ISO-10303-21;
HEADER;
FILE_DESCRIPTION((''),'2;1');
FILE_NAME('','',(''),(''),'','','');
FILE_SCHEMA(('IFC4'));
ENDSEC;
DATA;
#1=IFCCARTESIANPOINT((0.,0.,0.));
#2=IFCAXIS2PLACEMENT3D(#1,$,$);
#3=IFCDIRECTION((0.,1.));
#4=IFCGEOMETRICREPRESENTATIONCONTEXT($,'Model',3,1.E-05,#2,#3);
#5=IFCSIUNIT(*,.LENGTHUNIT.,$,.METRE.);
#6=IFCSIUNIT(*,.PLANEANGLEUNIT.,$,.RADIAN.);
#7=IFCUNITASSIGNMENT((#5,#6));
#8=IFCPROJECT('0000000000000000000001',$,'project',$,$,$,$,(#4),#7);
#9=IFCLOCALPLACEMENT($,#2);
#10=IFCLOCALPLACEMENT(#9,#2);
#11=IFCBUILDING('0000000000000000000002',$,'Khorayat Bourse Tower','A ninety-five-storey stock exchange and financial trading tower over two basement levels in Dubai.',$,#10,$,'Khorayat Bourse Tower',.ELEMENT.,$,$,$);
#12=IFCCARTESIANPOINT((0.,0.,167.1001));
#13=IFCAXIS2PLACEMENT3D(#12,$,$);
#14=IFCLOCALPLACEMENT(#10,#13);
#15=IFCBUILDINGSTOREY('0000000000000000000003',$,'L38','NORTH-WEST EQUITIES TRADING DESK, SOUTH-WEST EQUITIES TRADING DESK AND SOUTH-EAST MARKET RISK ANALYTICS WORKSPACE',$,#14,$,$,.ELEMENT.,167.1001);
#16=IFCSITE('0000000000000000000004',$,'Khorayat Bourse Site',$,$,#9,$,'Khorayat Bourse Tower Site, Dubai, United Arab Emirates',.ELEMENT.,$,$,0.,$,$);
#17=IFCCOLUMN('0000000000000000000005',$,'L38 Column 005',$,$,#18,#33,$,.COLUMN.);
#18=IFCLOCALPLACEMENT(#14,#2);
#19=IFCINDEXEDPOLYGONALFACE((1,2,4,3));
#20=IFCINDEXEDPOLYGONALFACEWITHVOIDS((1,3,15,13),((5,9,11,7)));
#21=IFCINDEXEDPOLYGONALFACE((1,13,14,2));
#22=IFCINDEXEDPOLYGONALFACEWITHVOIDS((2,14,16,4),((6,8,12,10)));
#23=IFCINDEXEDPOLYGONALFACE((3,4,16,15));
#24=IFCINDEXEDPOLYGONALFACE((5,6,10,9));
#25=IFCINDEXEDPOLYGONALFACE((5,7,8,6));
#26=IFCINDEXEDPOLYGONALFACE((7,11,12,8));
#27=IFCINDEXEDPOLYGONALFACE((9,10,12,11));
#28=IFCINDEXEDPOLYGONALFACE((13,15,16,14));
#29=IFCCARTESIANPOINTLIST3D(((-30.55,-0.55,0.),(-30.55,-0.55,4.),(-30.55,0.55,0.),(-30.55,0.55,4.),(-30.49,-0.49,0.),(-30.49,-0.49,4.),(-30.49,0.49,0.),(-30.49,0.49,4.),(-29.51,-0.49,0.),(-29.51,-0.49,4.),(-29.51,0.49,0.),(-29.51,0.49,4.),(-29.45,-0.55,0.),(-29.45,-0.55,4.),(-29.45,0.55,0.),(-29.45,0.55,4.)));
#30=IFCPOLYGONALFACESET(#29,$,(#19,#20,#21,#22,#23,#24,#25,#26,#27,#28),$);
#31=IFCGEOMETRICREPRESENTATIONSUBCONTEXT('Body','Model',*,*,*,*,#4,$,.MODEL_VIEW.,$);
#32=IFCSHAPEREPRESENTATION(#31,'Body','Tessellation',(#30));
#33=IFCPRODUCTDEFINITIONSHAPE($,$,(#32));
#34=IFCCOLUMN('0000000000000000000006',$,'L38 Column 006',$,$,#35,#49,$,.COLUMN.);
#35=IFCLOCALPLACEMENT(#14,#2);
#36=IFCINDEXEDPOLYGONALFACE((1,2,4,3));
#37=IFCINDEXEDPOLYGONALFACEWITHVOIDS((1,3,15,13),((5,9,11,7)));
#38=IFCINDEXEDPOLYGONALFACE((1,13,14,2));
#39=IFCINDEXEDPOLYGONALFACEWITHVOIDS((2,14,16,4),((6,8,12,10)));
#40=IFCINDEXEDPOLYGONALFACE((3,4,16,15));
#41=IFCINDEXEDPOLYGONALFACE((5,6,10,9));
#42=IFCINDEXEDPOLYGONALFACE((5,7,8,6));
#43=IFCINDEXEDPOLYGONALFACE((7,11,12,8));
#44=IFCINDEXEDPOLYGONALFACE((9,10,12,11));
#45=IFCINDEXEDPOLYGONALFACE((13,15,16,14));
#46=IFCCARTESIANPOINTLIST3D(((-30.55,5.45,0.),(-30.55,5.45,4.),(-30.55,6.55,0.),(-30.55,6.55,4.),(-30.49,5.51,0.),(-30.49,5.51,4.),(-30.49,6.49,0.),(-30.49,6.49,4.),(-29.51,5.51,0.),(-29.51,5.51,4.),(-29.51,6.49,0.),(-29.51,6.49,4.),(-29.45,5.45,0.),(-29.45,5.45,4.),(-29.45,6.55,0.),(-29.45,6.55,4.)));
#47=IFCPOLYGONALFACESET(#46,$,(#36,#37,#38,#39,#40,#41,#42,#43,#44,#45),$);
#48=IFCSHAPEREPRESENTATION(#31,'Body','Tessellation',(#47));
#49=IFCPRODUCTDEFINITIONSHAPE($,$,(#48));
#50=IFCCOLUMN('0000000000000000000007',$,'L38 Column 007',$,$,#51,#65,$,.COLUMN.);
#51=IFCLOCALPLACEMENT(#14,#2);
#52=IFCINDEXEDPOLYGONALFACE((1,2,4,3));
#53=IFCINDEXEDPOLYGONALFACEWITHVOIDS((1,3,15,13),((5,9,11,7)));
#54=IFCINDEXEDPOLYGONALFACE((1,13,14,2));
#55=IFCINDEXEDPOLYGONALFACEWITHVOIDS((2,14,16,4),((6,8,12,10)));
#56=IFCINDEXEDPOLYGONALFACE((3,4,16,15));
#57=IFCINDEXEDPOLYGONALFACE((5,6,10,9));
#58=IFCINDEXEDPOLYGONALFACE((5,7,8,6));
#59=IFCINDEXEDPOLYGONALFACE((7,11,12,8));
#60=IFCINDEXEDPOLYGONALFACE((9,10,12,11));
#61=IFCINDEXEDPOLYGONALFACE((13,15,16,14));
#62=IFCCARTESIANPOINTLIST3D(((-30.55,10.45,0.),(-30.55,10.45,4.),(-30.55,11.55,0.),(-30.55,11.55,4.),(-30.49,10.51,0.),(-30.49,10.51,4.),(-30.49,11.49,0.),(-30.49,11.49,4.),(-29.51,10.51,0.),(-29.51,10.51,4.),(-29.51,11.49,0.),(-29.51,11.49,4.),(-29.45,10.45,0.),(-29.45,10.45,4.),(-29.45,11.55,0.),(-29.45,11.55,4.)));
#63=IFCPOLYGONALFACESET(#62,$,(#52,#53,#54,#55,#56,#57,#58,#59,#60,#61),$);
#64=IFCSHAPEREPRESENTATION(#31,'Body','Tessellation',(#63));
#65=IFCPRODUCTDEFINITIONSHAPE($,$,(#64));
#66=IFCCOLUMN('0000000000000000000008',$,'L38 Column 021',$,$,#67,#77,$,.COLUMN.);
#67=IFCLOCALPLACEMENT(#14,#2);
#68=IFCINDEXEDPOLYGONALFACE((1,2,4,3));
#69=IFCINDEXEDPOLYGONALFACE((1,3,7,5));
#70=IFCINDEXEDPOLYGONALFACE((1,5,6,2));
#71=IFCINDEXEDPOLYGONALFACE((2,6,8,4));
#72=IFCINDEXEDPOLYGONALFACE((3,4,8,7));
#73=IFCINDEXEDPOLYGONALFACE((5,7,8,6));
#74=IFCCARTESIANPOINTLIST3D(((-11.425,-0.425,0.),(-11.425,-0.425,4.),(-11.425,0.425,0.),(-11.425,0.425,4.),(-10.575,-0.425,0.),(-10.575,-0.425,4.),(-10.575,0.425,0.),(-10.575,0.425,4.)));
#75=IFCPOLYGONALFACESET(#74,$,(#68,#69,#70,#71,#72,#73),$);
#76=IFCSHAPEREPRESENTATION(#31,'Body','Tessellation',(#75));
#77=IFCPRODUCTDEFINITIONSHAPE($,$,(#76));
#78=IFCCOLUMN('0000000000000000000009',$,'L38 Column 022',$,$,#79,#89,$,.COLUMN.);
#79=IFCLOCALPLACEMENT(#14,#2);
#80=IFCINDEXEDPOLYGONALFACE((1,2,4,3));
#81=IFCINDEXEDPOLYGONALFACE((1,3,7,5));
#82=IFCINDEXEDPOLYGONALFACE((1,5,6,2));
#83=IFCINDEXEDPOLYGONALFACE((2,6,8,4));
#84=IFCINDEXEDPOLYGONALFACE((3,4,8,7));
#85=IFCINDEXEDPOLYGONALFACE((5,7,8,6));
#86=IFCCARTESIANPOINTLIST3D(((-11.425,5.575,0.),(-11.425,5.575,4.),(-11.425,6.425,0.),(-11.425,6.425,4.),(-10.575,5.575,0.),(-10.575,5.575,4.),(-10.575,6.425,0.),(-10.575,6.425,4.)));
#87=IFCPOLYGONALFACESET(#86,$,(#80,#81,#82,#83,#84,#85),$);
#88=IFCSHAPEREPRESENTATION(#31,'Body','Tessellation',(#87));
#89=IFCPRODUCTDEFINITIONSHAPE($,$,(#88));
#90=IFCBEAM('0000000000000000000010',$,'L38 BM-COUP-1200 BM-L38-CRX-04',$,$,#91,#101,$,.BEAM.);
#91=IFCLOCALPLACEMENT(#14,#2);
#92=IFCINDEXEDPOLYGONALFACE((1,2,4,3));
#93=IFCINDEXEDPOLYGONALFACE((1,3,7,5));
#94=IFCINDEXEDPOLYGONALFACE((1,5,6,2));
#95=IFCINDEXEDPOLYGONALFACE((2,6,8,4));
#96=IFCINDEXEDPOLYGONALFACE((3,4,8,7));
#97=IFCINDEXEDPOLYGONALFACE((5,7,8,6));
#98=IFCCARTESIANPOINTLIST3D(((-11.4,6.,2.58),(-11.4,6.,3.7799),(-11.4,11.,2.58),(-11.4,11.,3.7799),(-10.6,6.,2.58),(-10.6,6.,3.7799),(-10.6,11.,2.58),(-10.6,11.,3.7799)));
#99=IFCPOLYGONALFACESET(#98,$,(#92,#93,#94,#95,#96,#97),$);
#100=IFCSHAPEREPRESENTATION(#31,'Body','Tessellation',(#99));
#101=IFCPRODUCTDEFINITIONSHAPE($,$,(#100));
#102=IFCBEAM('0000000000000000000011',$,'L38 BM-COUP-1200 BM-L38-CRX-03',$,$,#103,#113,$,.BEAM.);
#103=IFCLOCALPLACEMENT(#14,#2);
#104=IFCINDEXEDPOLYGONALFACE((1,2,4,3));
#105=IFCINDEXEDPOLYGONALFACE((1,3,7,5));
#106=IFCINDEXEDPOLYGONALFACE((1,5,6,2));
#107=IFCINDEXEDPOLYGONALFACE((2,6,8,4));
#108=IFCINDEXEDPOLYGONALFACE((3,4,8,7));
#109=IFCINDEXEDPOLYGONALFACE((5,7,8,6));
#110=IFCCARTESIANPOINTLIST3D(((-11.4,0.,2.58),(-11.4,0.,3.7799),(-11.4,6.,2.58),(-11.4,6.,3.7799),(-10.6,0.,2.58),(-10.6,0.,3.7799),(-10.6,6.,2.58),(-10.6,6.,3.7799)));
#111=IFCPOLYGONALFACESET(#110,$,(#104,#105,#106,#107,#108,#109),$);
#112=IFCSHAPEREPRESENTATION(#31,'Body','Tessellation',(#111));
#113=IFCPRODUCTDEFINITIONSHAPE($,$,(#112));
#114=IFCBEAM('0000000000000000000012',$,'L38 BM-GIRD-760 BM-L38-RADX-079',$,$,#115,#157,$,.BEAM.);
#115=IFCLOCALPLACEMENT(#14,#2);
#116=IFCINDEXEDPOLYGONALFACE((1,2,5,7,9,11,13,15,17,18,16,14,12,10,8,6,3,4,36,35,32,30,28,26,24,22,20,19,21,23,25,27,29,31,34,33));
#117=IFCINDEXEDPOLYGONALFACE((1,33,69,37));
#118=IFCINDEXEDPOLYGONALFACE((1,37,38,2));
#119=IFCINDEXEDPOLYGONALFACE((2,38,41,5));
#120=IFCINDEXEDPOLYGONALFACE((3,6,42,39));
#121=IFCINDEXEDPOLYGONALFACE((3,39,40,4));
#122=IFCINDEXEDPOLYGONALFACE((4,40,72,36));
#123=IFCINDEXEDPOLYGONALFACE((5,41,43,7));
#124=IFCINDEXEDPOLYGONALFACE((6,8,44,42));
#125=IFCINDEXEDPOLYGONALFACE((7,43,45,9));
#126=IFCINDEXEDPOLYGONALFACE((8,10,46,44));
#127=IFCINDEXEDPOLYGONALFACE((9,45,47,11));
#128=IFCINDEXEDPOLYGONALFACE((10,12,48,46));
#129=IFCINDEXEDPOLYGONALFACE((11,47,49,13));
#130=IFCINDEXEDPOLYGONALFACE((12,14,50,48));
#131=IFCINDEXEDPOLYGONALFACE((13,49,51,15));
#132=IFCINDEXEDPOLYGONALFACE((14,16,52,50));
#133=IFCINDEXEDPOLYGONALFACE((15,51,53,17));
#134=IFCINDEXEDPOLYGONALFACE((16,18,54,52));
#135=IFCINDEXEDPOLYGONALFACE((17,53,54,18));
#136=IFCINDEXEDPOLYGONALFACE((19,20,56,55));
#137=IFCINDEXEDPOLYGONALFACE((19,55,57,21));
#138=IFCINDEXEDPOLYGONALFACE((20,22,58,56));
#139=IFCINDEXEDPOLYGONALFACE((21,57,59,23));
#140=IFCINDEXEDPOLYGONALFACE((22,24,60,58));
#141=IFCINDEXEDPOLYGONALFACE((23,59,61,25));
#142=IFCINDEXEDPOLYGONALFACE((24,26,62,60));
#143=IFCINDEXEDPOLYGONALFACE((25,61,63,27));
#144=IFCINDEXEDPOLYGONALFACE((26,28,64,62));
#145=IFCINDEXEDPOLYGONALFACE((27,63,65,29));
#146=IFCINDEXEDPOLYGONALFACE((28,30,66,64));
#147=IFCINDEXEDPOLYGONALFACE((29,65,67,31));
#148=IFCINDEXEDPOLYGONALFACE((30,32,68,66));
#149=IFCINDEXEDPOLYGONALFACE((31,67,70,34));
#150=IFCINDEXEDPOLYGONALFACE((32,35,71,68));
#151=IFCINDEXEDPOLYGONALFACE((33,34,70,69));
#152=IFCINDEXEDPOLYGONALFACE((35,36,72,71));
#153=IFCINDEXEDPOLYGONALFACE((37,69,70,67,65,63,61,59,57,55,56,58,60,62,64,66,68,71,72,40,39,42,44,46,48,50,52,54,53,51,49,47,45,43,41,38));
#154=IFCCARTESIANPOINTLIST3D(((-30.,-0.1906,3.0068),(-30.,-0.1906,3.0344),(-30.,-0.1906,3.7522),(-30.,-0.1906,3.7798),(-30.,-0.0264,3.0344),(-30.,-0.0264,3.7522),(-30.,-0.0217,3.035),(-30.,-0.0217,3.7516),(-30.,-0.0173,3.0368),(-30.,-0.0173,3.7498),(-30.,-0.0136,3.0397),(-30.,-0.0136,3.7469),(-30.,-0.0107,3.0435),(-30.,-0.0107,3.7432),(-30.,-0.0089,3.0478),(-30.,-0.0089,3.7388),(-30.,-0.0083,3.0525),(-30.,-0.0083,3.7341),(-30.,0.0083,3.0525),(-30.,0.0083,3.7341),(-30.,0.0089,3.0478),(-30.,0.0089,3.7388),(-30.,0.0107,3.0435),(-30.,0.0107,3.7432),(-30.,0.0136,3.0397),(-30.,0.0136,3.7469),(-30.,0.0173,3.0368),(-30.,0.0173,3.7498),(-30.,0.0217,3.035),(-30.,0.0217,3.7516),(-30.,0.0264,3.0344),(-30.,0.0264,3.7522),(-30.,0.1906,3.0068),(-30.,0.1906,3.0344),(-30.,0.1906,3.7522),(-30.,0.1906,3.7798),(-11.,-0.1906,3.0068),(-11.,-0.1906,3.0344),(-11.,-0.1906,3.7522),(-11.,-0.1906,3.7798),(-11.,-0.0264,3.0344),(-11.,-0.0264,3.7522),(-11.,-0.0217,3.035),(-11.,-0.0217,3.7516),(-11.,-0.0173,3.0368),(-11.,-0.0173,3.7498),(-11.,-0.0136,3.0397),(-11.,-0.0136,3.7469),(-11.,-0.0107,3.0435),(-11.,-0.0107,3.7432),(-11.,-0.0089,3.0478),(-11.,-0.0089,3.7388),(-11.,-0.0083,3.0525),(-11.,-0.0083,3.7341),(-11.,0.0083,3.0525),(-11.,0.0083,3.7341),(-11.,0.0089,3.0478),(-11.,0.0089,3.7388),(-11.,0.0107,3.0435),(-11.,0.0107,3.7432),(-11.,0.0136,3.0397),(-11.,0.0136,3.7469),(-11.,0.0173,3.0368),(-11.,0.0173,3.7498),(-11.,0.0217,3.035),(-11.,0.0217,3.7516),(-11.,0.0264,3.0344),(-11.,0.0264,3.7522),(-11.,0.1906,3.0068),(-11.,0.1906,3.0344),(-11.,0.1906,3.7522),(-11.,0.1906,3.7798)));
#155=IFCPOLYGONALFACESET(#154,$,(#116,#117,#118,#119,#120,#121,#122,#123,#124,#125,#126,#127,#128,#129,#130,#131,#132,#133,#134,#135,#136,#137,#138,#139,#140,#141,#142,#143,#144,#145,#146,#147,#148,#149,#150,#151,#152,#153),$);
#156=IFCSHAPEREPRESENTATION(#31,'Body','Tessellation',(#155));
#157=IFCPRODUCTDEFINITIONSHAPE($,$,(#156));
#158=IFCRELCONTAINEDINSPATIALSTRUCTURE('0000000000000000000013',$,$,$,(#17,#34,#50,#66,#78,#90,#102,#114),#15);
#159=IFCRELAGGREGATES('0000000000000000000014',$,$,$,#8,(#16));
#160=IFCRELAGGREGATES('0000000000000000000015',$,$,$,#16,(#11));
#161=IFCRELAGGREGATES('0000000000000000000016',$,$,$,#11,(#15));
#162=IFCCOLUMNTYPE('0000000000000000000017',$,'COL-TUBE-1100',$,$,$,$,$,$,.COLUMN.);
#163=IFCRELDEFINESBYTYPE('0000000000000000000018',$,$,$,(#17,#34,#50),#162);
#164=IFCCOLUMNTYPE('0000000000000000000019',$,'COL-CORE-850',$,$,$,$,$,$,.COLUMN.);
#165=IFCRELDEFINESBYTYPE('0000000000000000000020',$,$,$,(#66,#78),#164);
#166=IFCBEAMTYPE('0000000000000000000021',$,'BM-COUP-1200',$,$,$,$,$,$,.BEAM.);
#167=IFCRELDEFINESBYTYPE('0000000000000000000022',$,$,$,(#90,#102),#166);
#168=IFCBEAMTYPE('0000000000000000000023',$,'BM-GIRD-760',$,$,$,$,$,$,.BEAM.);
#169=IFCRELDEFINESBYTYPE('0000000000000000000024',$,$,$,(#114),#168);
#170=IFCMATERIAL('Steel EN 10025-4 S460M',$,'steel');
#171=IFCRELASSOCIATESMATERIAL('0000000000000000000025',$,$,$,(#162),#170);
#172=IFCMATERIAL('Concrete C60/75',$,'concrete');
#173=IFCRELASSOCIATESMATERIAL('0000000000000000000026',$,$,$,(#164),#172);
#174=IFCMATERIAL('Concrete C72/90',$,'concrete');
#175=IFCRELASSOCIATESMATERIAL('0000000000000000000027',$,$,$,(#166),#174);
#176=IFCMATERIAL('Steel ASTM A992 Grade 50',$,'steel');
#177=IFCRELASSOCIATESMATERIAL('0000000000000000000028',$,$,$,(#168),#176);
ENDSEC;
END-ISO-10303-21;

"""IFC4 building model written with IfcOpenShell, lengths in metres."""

from ifc_helpers import new_model, si_unit, direction, frame, origin, origin_2d, place, context, subcontext, project, spatial, rectangle, hollow_rectangle, i_section, extrude, source, transform, mapped, material, material_profile, profile_set, type_object, element, save


model = new_model("IFC4")

# Units and contexts
model_context = context("Model", 3, precision=1e-05, world=origin(), true_north=direction((0.0, 1.0)))
body_context = subcontext(model_context, "Body", "Model", "MODEL_VIEW")
ifc_project = project(units=[si_unit("LENGTHUNIT", "METRE"), si_unit("PLANEANGLEUNIT", "RADIAN")], contexts=[model_context])

# Site, building, storey
site_placement = place(None, origin())
site = spatial("IfcSite", under=ifc_project, at=site_placement, Name="Khorayat Bourse Site", LongName="Khorayat Bourse Tower Site, Dubai, United Arab Emirates", CompositionType="ELEMENT", RefElevation=0.0)
building_placement = place(site_placement, origin())
building = spatial("IfcBuilding", under=site, at=building_placement, Name="Khorayat Bourse Tower", Description="A ninety-five-storey stock exchange and financial trading tower over two basement levels in Dubai.", LongName="Khorayat Bourse Tower", CompositionType="ELEMENT")
storey_placement = place(building_placement, frame((0.0, 0.0, 167.1001)))
storey = spatial("IfcBuildingStorey", under=building, at=storey_placement, Name="L38", Description="NORTH-WEST EQUITIES TRADING DESK, SOUTH-WEST EQUITIES TRADING DESK AND SOUTH-EAST MARKET RISK ANALYTICS WORKSPACE", CompositionType="ELEMENT", Elevation=167.1001)

# Columns
ifc_material_1 = material(Name="Steel EN 10025-4 S460M", Category="steel")
ifc_material_profile_1 = material_profile(ifc_material_1, hollow_rectangle(XDim=1.1001, YDim=1.1001, WallThickness=0.0601, at=origin_2d()), Name="BOX 1100x1100x60")
ifc_profile_set_1 = profile_set([ifc_material_profile_1], Name="Steel EN 10025-4 S460M")
column_type_1 = type_object("IfcColumnType", Name="COL-TUBE-1100", PredefinedType="COLUMN", material=ifc_profile_set_1)
shared_shape_1 = source(origin(), body_context, "Body", "SweptSolid", [
    extrude(hollow_rectangle(XDim=1.1001, YDim=1.1001, WallThickness=0.0601, at=origin_2d()), origin(), (0.0, 0.0, 1.0), 4.0),
])
for number, where, z_axis, x_axis, name in (
    (1, (-30.0, 0.0, 0.0), (0.0, 0.0, 1.0), (1.0, 0.0, 0.0), "L38 Column 005"),
    (2, (-30.0, 6.0, 0.0), (0.0, 0.0, 1.0), (1.0, 0.0, 0.0), "L38 Column 006"),
    (3, (-30.0, 11.0, 0.0), (0.0, 0.0, 1.0), (1.0, 0.0, 0.0), "L38 Column 007"),
):
    element("IfcColumn", number, at=place(storey_placement, frame(where, z_axis=z_axis, x_axis=x_axis)), inside=storey, type_object=column_type_1, Name=name, PredefinedType="COLUMN", context=body_context, shape_type="MappedRepresentation", body=[
        mapped(shared_shape_1, transform((0.0, 0.0, 0.0), scale=1.0)),
    ])
ifc_material_2 = material(Name="Concrete C60/75", Category="concrete")
ifc_material_profile_2 = material_profile(ifc_material_2, rectangle(XDim=0.8501, YDim=0.8501, at=origin_2d()), Name="RC 850x850")
ifc_profile_set_2 = profile_set([ifc_material_profile_2], Name="Concrete C60/75")
column_type_2 = type_object("IfcColumnType", Name="COL-CORE-850", PredefinedType="COLUMN", material=ifc_profile_set_2)
shared_shape_2 = source(origin(), body_context, "Body", "SweptSolid", [
    extrude(rectangle(XDim=0.8501, YDim=0.8501, at=origin_2d()), origin(), (0.0, 0.0, 1.0), 4.0),
])
for number, where, z_axis, x_axis, name in (
    (4, (-11.0, 0.0, 0.0), (0.0, 0.0, 1.0), (1.0, 0.0, 0.0), "L38 Column 021"),
    (5, (-11.0, 6.0, 0.0), (0.0, 0.0, 1.0), (1.0, 0.0, 0.0), "L38 Column 022"),
):
    element("IfcColumn", number, at=place(storey_placement, frame(where, z_axis=z_axis, x_axis=x_axis)), inside=storey, type_object=column_type_2, Name=name, PredefinedType="COLUMN", context=body_context, shape_type="MappedRepresentation", body=[
        mapped(shared_shape_2, transform((0.0, 0.0, 0.0), scale=1.0)),
    ])

# Beams
ifc_material_3 = material(Name="Concrete C72/90", Category="concrete")
ifc_material_profile_3 = material_profile(ifc_material_3, rectangle(XDim=0.8, YDim=1.2, at=origin_2d()), Name="RC 800x1200")
ifc_profile_set_3 = profile_set([ifc_material_profile_3], Name="Concrete C72/90")
beam_type_1 = type_object("IfcBeamType", Name="BM-COUP-1200", PredefinedType="BEAM", material=ifc_profile_set_3)
shared_shape_3 = source(origin(), body_context, "Body", "SweptSolid", [
    extrude(rectangle(XDim=0.8, YDim=1.2, at=origin_2d()), origin(), (0.0, 0.0, 1.0), 5.0),
])
beam_1_placement = place(storey_placement, frame((-11.0, 6.0, 3.1799), z_axis=(0.0, 1.0, 0.0), x_axis=(-1.0, 0.0, 0.0)))
element("IfcBeam", 6, at=beam_1_placement, inside=storey, type_object=beam_type_1, Name="L38 BM-COUP-1200 BM-L38-CRX-04", PredefinedType="BEAM", context=body_context, shape_type="MappedRepresentation", body=[
    mapped(shared_shape_3, transform((0.0, 0.0, 0.0), scale=1.0)),
])
shared_shape_4 = source(origin(), body_context, "Body", "SweptSolid", [
    extrude(rectangle(XDim=0.8, YDim=1.2, at=origin_2d()), origin(), (0.0, 0.0, 1.0), 6.0),
])
beam_2_placement = place(storey_placement, frame((-11.0, 0.0, 3.1799), z_axis=(0.0, 1.0, 0.0), x_axis=(-1.0, 0.0, 0.0)))
element("IfcBeam", 7, at=beam_2_placement, inside=storey, type_object=beam_type_1, Name="L38 BM-COUP-1200 BM-L38-CRX-03", PredefinedType="BEAM", context=body_context, shape_type="MappedRepresentation", body=[
    mapped(shared_shape_4, transform((0.0, 0.0, 0.0), scale=1.0)),
])
ifc_material_4 = material(Name="Steel ASTM A992 Grade 50", Category="steel")
ifc_material_profile_4 = material_profile(ifc_material_4, i_section(OverallWidth=0.3811, OverallDepth=0.7729, WebThickness=0.0166, FlangeThickness=0.0276, FilletRadius=0.0181, at=origin_2d()), Name="W760X257")
ifc_profile_set_4 = profile_set([ifc_material_profile_4], Name="Steel ASTM A992 Grade 50")
beam_type_2 = type_object("IfcBeamType", Name="BM-GIRD-760", PredefinedType="BEAM", material=ifc_profile_set_4)
shared_shape_5 = source(origin(), body_context, "Body", "SweptSolid", [
    extrude(i_section(OverallWidth=0.3811, OverallDepth=0.7729, WebThickness=0.0166, FlangeThickness=0.0276, FilletRadius=0.0181, at=origin_2d()), origin(), (0.0, 0.0, 1.0), 19.0),
])
for number, where, z_axis, x_axis, name in (
    (8, (-30.0, 0.0, 3.3933), (1.0, 0.0, 0.0), (0.0, 1.0, 0.0), "L38 BM-GIRD-760 BM-L38-RADX-079"),
):
    element("IfcBeam", number, at=place(storey_placement, frame(where, z_axis=z_axis, x_axis=x_axis)), inside=storey, type_object=beam_type_2, Name=name, PredefinedType="BEAM", context=body_context, shape_type="MappedRepresentation", body=[
        mapped(shared_shape_5, transform((0.0, 0.0, 0.0), scale=1.0)),
    ])

save(model, "model.ifc")
